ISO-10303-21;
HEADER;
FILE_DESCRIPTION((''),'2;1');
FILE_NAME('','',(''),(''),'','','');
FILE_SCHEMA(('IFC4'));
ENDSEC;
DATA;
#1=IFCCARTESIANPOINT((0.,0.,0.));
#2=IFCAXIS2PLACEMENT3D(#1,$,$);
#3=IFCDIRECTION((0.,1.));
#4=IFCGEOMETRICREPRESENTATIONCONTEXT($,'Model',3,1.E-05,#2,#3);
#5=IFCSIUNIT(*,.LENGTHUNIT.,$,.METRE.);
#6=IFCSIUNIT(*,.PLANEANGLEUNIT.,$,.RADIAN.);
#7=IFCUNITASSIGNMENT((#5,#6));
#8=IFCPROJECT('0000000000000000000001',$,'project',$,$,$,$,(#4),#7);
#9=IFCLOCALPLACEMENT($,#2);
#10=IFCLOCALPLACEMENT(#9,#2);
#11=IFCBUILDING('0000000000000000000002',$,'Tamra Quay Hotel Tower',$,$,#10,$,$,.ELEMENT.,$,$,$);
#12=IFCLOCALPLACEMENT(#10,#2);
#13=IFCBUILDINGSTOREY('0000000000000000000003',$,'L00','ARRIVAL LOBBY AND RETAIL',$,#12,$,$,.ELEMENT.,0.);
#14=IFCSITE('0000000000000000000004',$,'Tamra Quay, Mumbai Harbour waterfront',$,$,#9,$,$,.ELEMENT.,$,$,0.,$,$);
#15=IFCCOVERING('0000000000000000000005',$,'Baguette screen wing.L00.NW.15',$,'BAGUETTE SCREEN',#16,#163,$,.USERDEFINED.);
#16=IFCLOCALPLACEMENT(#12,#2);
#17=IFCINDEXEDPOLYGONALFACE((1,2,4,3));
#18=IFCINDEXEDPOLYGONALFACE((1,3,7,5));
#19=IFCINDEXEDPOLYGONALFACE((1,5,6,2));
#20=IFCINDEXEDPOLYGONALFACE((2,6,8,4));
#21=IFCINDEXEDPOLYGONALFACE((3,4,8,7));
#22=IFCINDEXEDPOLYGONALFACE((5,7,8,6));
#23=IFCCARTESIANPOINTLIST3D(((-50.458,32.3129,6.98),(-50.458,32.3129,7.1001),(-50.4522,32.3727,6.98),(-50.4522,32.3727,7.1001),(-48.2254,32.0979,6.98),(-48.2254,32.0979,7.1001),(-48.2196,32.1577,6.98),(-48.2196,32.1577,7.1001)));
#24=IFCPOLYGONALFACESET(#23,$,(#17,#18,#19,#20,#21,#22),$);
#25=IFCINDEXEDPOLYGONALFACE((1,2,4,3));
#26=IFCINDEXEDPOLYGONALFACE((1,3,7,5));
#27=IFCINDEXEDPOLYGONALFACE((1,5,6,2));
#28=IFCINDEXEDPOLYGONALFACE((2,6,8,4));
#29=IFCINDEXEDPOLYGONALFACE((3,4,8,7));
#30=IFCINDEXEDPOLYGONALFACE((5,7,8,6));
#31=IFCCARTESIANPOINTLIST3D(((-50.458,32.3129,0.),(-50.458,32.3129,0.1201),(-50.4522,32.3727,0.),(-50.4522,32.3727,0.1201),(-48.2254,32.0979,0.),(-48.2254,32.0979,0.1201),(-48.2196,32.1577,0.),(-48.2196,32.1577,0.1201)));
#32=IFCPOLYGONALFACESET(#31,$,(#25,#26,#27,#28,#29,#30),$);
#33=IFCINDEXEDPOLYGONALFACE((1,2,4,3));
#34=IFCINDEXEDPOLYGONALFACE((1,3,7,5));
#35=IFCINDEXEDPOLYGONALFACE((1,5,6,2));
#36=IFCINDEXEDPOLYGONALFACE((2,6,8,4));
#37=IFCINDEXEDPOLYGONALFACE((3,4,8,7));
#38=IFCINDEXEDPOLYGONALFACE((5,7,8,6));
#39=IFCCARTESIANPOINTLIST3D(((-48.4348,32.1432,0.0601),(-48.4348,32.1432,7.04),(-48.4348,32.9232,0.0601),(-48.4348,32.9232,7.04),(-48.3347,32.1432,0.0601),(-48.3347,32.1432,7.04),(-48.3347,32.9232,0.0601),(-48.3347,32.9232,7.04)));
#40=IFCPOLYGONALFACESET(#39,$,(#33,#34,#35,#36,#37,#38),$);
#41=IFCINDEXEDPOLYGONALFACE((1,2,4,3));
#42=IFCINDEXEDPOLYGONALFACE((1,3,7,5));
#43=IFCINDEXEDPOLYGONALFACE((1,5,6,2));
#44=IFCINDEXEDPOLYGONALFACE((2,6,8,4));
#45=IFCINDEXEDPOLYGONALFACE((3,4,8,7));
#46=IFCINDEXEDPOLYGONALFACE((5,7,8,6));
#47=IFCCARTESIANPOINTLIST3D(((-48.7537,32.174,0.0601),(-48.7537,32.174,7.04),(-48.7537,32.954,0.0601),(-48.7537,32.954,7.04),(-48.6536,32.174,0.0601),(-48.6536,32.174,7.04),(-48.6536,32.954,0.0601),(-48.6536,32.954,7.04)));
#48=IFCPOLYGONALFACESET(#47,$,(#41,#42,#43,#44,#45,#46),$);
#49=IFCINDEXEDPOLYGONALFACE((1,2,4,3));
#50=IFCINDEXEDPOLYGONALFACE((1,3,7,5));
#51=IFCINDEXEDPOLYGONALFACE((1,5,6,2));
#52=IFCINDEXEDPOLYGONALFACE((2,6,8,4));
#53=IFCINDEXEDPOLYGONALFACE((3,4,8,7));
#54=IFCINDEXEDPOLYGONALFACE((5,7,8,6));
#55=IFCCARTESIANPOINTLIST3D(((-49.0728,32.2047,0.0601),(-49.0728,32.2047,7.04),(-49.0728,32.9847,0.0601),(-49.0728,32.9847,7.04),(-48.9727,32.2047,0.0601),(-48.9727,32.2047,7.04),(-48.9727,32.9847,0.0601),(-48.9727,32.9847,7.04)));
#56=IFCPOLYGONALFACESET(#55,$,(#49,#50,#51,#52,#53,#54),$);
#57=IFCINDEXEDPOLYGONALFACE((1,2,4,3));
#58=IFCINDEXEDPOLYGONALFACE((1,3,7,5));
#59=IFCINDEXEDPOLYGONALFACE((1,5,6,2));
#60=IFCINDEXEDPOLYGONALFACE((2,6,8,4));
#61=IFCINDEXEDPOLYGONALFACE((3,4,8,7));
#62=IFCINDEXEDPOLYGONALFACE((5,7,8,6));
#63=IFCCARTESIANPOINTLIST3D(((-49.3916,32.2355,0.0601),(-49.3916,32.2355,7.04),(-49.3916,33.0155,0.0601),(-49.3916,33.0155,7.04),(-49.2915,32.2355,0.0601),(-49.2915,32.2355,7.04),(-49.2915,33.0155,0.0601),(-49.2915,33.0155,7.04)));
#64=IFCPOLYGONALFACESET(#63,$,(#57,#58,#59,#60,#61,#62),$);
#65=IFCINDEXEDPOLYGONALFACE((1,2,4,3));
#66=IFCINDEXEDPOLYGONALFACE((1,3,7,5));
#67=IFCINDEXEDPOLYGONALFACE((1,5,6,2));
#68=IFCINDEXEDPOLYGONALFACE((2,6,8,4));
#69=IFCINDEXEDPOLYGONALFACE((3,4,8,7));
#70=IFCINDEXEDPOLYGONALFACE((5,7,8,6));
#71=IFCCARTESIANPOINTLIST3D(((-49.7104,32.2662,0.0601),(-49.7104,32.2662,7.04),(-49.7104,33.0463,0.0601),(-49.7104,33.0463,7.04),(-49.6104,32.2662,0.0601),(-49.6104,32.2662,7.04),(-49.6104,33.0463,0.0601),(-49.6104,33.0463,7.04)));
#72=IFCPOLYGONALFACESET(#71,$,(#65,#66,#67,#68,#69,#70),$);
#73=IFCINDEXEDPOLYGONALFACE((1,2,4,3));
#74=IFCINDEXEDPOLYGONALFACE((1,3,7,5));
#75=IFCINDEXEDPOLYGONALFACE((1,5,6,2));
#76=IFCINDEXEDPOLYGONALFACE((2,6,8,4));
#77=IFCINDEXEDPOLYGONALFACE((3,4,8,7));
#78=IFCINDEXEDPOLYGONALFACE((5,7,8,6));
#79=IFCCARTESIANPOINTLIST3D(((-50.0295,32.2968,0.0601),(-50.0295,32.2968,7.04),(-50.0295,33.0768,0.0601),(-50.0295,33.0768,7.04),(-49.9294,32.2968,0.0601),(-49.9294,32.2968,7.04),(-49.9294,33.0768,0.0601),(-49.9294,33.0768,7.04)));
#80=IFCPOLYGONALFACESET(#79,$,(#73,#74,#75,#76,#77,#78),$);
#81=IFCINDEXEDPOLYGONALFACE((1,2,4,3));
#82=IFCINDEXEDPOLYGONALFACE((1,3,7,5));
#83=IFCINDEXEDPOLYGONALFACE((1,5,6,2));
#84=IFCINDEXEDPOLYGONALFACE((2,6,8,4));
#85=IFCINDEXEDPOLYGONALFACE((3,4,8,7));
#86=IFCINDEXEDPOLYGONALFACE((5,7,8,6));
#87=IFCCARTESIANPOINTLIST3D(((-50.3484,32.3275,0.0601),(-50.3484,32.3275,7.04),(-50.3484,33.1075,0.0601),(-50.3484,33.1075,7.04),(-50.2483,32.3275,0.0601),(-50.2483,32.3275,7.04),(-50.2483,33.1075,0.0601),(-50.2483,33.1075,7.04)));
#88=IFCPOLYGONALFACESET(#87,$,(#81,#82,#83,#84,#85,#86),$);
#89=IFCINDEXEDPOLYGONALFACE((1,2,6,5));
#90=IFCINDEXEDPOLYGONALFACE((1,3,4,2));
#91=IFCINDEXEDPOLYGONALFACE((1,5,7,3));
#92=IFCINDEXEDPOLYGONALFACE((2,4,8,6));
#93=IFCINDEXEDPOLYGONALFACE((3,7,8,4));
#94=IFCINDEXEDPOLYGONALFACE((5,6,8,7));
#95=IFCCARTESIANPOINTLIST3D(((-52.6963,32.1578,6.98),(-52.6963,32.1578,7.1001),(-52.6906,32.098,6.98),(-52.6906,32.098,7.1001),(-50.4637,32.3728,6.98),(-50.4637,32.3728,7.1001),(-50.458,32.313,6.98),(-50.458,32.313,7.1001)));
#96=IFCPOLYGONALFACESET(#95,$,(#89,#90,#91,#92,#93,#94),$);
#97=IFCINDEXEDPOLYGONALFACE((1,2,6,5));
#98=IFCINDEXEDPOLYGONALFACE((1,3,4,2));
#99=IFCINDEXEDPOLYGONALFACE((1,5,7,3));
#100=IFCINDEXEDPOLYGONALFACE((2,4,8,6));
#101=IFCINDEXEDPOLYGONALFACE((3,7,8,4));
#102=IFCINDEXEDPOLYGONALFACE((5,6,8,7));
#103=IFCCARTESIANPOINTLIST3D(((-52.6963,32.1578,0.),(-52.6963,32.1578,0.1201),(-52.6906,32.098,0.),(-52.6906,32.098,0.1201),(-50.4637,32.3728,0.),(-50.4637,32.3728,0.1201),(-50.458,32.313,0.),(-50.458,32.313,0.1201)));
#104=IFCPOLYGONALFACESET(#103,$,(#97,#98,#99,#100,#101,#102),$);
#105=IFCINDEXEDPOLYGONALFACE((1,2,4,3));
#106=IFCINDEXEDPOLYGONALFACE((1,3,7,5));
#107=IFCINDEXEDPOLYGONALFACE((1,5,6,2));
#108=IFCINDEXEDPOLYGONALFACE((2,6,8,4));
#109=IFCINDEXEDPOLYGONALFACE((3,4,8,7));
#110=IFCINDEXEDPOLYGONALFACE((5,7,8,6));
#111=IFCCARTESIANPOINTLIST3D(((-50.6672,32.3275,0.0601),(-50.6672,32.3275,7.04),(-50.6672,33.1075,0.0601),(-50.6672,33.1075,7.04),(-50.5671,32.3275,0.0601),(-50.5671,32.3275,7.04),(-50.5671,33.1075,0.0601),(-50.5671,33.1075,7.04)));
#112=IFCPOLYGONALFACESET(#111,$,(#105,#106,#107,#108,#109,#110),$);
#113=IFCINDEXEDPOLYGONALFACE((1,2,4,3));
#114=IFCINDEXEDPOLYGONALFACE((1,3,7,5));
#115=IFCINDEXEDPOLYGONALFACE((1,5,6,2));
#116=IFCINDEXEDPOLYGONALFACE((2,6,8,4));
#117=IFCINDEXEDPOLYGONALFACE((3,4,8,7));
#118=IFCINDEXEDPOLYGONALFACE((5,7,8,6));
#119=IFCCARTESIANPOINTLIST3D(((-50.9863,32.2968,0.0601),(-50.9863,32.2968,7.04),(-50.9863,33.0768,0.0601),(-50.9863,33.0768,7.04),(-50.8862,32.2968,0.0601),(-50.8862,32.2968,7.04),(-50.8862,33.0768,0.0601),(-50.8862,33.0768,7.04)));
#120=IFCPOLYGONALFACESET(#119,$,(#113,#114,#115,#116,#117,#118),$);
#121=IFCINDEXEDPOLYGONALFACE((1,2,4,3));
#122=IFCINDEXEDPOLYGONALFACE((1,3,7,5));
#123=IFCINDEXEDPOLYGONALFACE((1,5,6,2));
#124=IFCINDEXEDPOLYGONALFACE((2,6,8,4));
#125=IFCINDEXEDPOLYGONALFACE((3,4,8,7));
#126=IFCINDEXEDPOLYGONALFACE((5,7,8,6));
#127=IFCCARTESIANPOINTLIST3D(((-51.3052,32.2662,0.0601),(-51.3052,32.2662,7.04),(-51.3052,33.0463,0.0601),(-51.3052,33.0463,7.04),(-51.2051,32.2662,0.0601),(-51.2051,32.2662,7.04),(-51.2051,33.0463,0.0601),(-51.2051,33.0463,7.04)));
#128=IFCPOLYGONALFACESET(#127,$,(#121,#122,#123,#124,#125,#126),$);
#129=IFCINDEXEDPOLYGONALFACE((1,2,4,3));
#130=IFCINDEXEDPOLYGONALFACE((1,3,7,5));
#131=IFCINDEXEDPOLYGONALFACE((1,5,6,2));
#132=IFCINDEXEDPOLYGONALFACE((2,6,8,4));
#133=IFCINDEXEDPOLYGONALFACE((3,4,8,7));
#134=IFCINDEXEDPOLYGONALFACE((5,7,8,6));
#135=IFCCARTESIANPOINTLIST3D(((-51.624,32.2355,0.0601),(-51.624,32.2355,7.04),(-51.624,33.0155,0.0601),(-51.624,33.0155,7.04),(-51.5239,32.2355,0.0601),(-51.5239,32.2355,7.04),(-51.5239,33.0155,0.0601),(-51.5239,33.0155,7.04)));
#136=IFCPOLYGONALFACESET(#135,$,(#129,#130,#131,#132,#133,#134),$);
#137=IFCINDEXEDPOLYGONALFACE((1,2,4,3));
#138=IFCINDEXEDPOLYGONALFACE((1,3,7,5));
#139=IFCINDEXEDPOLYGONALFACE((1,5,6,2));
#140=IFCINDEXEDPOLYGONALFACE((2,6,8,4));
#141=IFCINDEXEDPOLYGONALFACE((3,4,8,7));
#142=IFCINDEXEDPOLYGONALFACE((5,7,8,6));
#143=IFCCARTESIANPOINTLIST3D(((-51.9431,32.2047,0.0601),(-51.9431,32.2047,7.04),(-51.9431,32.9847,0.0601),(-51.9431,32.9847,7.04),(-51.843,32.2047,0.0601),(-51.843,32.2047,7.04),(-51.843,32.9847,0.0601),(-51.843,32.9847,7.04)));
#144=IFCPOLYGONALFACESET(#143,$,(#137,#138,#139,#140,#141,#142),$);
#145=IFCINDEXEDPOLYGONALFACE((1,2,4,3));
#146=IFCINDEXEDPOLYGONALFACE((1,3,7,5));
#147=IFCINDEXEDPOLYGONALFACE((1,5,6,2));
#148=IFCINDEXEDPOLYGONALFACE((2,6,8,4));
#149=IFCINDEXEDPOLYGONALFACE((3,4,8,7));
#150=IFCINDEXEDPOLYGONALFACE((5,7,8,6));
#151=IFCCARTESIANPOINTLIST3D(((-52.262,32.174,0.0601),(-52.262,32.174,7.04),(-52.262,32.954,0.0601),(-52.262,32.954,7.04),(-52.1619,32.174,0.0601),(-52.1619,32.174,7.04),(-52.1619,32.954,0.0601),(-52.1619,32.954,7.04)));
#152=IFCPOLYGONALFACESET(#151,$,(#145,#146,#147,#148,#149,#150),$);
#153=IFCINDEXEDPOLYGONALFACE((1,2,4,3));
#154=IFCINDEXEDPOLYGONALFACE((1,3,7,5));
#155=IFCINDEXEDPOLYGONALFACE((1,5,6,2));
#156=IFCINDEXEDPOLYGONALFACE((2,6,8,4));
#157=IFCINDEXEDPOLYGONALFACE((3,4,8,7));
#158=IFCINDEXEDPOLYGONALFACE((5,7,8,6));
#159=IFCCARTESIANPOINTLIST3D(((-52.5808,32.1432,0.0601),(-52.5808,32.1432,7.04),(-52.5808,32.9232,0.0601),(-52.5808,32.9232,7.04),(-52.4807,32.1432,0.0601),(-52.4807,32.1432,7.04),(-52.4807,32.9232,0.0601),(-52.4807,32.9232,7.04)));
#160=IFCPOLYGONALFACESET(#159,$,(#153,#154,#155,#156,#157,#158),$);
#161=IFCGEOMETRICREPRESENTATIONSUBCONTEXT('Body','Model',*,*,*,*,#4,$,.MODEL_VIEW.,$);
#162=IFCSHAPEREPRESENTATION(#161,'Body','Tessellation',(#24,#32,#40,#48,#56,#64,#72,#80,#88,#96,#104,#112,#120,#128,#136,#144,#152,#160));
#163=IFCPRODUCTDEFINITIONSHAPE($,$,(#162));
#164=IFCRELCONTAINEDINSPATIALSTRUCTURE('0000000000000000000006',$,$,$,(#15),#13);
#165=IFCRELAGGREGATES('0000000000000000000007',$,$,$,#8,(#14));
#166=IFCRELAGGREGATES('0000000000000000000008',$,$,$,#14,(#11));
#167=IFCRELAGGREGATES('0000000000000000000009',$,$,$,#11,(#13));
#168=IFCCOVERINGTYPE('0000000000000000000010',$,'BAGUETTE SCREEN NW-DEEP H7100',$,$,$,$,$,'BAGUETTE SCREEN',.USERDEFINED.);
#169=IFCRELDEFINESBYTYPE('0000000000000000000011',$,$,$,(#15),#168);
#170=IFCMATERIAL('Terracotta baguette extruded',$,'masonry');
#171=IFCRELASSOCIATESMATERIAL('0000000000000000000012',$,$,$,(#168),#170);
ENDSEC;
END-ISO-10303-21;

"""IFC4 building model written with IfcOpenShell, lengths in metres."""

from ifc_helpers import new_model, si_unit, direction, frame, frame_2d, origin, place, context, subcontext, project, spatial, rectangle, extrude, source, transform, mapped, material, type_object, element, save


model = new_model("IFC4")

# Units and contexts
model_context = context("Model", 3, precision=1e-05, world=origin(), true_north=direction((0.0, 1.0)))
body_context = subcontext(model_context, "Body", "Model", "MODEL_VIEW")
ifc_project = project(units=[si_unit("LENGTHUNIT", "METRE"), si_unit("PLANEANGLEUNIT", "RADIAN")], contexts=[model_context])

# Site, building, storey
site_placement = place(None, origin())
site = spatial("IfcSite", under=ifc_project, at=site_placement, Name="Tamra Quay, Mumbai Harbour waterfront", CompositionType="ELEMENT", RefElevation=0.0)
building_placement = place(site_placement, origin())
building = spatial("IfcBuilding", under=site, at=building_placement, Name="Tamra Quay Hotel Tower", CompositionType="ELEMENT")
storey_placement = place(building_placement, origin())
storey = spatial("IfcBuildingStorey", under=building, at=storey_placement, Name="L00", Description="ARRIVAL LOBBY AND RETAIL", CompositionType="ELEMENT", Elevation=0.0)

# Covering
ifc_material_1 = material(Name="Terracotta baguette extruded", Category="masonry")
covering_type_1 = type_object("IfcCoveringType", Name="BAGUETTE SCREEN NW-DEEP H7100", ElementType="BAGUETTE SCREEN", PredefinedType="USERDEFINED", material=ifc_material_1)
shared_shape_1 = source(origin(), body_context, "Body", "SweptSolid", [
    extrude(rectangle(XDim=2.2429, YDim=0.0601, at=frame_2d((1.1216, 0.03))), frame((-2.2383, -0.0576, -0.1201), z_axis=(0.0, 0.0, 1.0), x_axis=(0.995396, -0.095846, 0.0)), (0.0, 0.0, 1.0), 0.1201),
    extrude(rectangle(XDim=2.2429, YDim=0.0601, at=frame_2d((1.1216, 0.03))), frame((-2.2383, -0.0576, -7.1001), z_axis=(0.0, 0.0, 1.0), x_axis=(0.995396, -0.095846, 0.0)), (0.0, 0.0, 1.0), 0.1201),
    extrude(rectangle(XDim=0.1001, YDim=0.78, at=frame_2d((0.05, 0.3901))), frame((-2.123, -0.8232, -7.04)), (0.0, 0.0, 1.0), 6.98),
    extrude(rectangle(XDim=0.1001, YDim=0.78, at=frame_2d((0.05, 0.3901))), frame((-1.8042, -0.854, -7.04)), (0.0, 0.0, 1.0), 6.98),
    extrude(rectangle(XDim=0.1001, YDim=0.78, at=frame_2d((0.05, 0.3901))), frame((-1.4851, -0.8848, -7.04)), (0.0, 0.0, 1.0), 6.98),
    extrude(rectangle(XDim=0.1001, YDim=0.78, at=frame_2d((0.05, 0.3901))), frame((-1.1663, -0.9155, -7.04)), (0.0, 0.0, 1.0), 6.98),
    extrude(rectangle(XDim=0.1001, YDim=0.78, at=frame_2d((0.05, 0.3901))), frame((-0.8474, -0.9463, -7.04)), (0.0, 0.0, 1.0), 6.98),
    extrude(rectangle(XDim=0.1001, YDim=0.78, at=frame_2d((0.05, 0.3901))), frame((-0.5283, -0.9768, -7.04)), (0.0, 0.0, 1.0), 6.98),
    extrude(rectangle(XDim=0.1001, YDim=0.78, at=frame_2d((0.05, 0.3901))), frame((-0.2095, -1.0076, -7.04)), (0.0, 0.0, 1.0), 6.98),
    extrude(rectangle(XDim=2.2429, YDim=0.0601, at=frame_2d((1.1216, 0.03))), frame((0.0059, -0.2727, -0.1201), z_axis=(0.0, 0.0, 1.0), x_axis=(0.995396, 0.095846, 0.0)), (0.0, 0.0, 1.0), 0.1201),
    extrude(rectangle(XDim=2.2429, YDim=0.0601, at=frame_2d((1.1216, 0.03))), frame((0.0059, -0.2727, -7.1001), z_axis=(0.0, 0.0, 1.0), x_axis=(0.995396, 0.095846, 0.0)), (0.0, 0.0, 1.0), 0.1201),
    extrude(rectangle(XDim=0.1001, YDim=0.78, at=frame_2d((0.05, 0.3901))), frame((0.1094, -1.0076, -7.04)), (0.0, 0.0, 1.0), 6.98),
    extrude(rectangle(XDim=0.1001, YDim=0.78, at=frame_2d((0.05, 0.3901))), frame((0.4285, -0.9768, -7.04)), (0.0, 0.0, 1.0), 6.98),
    extrude(rectangle(XDim=0.1001, YDim=0.78, at=frame_2d((0.05, 0.3901))), frame((0.7473, -0.9463, -7.04)), (0.0, 0.0, 1.0), 6.98),
    extrude(rectangle(XDim=0.1001, YDim=0.78, at=frame_2d((0.05, 0.3901))), frame((1.0662, -0.9155, -7.04)), (0.0, 0.0, 1.0), 6.98),
    extrude(rectangle(XDim=0.1001, YDim=0.78, at=frame_2d((0.05, 0.3901))), frame((1.3853, -0.8848, -7.04)), (0.0, 0.0, 1.0), 6.98),
    extrude(rectangle(XDim=0.1001, YDim=0.78, at=frame_2d((0.05, 0.3901))), frame((1.7041, -0.854, -7.04)), (0.0, 0.0, 1.0), 6.98),
    extrude(rectangle(XDim=0.1001, YDim=0.78, at=frame_2d((0.05, 0.3901))), frame((2.0229, -0.8232, -7.04)), (0.0, 0.0, 1.0), 6.98),
])
for number, where, z_axis, x_axis, name in (
    (1, (-50.4578, 32.1001, 7.1001), (0.0, 0.0, 1.0), (-1.0, 0.0, 0.0), "Baguette screen wing.L00.NW.15"),
):
    element("IfcCovering", number, at=place(storey_placement, frame(where, z_axis=z_axis, x_axis=x_axis)), inside=storey, type_object=covering_type_1, Name=name, ObjectType="BAGUETTE SCREEN", PredefinedType="USERDEFINED", context=body_context, shape_type="MappedRepresentation", body=[
        mapped(shared_shape_1, transform((0.0, 0.0, 0.0), scale=1.0)),
    ])

save(model, "model.ifc")
